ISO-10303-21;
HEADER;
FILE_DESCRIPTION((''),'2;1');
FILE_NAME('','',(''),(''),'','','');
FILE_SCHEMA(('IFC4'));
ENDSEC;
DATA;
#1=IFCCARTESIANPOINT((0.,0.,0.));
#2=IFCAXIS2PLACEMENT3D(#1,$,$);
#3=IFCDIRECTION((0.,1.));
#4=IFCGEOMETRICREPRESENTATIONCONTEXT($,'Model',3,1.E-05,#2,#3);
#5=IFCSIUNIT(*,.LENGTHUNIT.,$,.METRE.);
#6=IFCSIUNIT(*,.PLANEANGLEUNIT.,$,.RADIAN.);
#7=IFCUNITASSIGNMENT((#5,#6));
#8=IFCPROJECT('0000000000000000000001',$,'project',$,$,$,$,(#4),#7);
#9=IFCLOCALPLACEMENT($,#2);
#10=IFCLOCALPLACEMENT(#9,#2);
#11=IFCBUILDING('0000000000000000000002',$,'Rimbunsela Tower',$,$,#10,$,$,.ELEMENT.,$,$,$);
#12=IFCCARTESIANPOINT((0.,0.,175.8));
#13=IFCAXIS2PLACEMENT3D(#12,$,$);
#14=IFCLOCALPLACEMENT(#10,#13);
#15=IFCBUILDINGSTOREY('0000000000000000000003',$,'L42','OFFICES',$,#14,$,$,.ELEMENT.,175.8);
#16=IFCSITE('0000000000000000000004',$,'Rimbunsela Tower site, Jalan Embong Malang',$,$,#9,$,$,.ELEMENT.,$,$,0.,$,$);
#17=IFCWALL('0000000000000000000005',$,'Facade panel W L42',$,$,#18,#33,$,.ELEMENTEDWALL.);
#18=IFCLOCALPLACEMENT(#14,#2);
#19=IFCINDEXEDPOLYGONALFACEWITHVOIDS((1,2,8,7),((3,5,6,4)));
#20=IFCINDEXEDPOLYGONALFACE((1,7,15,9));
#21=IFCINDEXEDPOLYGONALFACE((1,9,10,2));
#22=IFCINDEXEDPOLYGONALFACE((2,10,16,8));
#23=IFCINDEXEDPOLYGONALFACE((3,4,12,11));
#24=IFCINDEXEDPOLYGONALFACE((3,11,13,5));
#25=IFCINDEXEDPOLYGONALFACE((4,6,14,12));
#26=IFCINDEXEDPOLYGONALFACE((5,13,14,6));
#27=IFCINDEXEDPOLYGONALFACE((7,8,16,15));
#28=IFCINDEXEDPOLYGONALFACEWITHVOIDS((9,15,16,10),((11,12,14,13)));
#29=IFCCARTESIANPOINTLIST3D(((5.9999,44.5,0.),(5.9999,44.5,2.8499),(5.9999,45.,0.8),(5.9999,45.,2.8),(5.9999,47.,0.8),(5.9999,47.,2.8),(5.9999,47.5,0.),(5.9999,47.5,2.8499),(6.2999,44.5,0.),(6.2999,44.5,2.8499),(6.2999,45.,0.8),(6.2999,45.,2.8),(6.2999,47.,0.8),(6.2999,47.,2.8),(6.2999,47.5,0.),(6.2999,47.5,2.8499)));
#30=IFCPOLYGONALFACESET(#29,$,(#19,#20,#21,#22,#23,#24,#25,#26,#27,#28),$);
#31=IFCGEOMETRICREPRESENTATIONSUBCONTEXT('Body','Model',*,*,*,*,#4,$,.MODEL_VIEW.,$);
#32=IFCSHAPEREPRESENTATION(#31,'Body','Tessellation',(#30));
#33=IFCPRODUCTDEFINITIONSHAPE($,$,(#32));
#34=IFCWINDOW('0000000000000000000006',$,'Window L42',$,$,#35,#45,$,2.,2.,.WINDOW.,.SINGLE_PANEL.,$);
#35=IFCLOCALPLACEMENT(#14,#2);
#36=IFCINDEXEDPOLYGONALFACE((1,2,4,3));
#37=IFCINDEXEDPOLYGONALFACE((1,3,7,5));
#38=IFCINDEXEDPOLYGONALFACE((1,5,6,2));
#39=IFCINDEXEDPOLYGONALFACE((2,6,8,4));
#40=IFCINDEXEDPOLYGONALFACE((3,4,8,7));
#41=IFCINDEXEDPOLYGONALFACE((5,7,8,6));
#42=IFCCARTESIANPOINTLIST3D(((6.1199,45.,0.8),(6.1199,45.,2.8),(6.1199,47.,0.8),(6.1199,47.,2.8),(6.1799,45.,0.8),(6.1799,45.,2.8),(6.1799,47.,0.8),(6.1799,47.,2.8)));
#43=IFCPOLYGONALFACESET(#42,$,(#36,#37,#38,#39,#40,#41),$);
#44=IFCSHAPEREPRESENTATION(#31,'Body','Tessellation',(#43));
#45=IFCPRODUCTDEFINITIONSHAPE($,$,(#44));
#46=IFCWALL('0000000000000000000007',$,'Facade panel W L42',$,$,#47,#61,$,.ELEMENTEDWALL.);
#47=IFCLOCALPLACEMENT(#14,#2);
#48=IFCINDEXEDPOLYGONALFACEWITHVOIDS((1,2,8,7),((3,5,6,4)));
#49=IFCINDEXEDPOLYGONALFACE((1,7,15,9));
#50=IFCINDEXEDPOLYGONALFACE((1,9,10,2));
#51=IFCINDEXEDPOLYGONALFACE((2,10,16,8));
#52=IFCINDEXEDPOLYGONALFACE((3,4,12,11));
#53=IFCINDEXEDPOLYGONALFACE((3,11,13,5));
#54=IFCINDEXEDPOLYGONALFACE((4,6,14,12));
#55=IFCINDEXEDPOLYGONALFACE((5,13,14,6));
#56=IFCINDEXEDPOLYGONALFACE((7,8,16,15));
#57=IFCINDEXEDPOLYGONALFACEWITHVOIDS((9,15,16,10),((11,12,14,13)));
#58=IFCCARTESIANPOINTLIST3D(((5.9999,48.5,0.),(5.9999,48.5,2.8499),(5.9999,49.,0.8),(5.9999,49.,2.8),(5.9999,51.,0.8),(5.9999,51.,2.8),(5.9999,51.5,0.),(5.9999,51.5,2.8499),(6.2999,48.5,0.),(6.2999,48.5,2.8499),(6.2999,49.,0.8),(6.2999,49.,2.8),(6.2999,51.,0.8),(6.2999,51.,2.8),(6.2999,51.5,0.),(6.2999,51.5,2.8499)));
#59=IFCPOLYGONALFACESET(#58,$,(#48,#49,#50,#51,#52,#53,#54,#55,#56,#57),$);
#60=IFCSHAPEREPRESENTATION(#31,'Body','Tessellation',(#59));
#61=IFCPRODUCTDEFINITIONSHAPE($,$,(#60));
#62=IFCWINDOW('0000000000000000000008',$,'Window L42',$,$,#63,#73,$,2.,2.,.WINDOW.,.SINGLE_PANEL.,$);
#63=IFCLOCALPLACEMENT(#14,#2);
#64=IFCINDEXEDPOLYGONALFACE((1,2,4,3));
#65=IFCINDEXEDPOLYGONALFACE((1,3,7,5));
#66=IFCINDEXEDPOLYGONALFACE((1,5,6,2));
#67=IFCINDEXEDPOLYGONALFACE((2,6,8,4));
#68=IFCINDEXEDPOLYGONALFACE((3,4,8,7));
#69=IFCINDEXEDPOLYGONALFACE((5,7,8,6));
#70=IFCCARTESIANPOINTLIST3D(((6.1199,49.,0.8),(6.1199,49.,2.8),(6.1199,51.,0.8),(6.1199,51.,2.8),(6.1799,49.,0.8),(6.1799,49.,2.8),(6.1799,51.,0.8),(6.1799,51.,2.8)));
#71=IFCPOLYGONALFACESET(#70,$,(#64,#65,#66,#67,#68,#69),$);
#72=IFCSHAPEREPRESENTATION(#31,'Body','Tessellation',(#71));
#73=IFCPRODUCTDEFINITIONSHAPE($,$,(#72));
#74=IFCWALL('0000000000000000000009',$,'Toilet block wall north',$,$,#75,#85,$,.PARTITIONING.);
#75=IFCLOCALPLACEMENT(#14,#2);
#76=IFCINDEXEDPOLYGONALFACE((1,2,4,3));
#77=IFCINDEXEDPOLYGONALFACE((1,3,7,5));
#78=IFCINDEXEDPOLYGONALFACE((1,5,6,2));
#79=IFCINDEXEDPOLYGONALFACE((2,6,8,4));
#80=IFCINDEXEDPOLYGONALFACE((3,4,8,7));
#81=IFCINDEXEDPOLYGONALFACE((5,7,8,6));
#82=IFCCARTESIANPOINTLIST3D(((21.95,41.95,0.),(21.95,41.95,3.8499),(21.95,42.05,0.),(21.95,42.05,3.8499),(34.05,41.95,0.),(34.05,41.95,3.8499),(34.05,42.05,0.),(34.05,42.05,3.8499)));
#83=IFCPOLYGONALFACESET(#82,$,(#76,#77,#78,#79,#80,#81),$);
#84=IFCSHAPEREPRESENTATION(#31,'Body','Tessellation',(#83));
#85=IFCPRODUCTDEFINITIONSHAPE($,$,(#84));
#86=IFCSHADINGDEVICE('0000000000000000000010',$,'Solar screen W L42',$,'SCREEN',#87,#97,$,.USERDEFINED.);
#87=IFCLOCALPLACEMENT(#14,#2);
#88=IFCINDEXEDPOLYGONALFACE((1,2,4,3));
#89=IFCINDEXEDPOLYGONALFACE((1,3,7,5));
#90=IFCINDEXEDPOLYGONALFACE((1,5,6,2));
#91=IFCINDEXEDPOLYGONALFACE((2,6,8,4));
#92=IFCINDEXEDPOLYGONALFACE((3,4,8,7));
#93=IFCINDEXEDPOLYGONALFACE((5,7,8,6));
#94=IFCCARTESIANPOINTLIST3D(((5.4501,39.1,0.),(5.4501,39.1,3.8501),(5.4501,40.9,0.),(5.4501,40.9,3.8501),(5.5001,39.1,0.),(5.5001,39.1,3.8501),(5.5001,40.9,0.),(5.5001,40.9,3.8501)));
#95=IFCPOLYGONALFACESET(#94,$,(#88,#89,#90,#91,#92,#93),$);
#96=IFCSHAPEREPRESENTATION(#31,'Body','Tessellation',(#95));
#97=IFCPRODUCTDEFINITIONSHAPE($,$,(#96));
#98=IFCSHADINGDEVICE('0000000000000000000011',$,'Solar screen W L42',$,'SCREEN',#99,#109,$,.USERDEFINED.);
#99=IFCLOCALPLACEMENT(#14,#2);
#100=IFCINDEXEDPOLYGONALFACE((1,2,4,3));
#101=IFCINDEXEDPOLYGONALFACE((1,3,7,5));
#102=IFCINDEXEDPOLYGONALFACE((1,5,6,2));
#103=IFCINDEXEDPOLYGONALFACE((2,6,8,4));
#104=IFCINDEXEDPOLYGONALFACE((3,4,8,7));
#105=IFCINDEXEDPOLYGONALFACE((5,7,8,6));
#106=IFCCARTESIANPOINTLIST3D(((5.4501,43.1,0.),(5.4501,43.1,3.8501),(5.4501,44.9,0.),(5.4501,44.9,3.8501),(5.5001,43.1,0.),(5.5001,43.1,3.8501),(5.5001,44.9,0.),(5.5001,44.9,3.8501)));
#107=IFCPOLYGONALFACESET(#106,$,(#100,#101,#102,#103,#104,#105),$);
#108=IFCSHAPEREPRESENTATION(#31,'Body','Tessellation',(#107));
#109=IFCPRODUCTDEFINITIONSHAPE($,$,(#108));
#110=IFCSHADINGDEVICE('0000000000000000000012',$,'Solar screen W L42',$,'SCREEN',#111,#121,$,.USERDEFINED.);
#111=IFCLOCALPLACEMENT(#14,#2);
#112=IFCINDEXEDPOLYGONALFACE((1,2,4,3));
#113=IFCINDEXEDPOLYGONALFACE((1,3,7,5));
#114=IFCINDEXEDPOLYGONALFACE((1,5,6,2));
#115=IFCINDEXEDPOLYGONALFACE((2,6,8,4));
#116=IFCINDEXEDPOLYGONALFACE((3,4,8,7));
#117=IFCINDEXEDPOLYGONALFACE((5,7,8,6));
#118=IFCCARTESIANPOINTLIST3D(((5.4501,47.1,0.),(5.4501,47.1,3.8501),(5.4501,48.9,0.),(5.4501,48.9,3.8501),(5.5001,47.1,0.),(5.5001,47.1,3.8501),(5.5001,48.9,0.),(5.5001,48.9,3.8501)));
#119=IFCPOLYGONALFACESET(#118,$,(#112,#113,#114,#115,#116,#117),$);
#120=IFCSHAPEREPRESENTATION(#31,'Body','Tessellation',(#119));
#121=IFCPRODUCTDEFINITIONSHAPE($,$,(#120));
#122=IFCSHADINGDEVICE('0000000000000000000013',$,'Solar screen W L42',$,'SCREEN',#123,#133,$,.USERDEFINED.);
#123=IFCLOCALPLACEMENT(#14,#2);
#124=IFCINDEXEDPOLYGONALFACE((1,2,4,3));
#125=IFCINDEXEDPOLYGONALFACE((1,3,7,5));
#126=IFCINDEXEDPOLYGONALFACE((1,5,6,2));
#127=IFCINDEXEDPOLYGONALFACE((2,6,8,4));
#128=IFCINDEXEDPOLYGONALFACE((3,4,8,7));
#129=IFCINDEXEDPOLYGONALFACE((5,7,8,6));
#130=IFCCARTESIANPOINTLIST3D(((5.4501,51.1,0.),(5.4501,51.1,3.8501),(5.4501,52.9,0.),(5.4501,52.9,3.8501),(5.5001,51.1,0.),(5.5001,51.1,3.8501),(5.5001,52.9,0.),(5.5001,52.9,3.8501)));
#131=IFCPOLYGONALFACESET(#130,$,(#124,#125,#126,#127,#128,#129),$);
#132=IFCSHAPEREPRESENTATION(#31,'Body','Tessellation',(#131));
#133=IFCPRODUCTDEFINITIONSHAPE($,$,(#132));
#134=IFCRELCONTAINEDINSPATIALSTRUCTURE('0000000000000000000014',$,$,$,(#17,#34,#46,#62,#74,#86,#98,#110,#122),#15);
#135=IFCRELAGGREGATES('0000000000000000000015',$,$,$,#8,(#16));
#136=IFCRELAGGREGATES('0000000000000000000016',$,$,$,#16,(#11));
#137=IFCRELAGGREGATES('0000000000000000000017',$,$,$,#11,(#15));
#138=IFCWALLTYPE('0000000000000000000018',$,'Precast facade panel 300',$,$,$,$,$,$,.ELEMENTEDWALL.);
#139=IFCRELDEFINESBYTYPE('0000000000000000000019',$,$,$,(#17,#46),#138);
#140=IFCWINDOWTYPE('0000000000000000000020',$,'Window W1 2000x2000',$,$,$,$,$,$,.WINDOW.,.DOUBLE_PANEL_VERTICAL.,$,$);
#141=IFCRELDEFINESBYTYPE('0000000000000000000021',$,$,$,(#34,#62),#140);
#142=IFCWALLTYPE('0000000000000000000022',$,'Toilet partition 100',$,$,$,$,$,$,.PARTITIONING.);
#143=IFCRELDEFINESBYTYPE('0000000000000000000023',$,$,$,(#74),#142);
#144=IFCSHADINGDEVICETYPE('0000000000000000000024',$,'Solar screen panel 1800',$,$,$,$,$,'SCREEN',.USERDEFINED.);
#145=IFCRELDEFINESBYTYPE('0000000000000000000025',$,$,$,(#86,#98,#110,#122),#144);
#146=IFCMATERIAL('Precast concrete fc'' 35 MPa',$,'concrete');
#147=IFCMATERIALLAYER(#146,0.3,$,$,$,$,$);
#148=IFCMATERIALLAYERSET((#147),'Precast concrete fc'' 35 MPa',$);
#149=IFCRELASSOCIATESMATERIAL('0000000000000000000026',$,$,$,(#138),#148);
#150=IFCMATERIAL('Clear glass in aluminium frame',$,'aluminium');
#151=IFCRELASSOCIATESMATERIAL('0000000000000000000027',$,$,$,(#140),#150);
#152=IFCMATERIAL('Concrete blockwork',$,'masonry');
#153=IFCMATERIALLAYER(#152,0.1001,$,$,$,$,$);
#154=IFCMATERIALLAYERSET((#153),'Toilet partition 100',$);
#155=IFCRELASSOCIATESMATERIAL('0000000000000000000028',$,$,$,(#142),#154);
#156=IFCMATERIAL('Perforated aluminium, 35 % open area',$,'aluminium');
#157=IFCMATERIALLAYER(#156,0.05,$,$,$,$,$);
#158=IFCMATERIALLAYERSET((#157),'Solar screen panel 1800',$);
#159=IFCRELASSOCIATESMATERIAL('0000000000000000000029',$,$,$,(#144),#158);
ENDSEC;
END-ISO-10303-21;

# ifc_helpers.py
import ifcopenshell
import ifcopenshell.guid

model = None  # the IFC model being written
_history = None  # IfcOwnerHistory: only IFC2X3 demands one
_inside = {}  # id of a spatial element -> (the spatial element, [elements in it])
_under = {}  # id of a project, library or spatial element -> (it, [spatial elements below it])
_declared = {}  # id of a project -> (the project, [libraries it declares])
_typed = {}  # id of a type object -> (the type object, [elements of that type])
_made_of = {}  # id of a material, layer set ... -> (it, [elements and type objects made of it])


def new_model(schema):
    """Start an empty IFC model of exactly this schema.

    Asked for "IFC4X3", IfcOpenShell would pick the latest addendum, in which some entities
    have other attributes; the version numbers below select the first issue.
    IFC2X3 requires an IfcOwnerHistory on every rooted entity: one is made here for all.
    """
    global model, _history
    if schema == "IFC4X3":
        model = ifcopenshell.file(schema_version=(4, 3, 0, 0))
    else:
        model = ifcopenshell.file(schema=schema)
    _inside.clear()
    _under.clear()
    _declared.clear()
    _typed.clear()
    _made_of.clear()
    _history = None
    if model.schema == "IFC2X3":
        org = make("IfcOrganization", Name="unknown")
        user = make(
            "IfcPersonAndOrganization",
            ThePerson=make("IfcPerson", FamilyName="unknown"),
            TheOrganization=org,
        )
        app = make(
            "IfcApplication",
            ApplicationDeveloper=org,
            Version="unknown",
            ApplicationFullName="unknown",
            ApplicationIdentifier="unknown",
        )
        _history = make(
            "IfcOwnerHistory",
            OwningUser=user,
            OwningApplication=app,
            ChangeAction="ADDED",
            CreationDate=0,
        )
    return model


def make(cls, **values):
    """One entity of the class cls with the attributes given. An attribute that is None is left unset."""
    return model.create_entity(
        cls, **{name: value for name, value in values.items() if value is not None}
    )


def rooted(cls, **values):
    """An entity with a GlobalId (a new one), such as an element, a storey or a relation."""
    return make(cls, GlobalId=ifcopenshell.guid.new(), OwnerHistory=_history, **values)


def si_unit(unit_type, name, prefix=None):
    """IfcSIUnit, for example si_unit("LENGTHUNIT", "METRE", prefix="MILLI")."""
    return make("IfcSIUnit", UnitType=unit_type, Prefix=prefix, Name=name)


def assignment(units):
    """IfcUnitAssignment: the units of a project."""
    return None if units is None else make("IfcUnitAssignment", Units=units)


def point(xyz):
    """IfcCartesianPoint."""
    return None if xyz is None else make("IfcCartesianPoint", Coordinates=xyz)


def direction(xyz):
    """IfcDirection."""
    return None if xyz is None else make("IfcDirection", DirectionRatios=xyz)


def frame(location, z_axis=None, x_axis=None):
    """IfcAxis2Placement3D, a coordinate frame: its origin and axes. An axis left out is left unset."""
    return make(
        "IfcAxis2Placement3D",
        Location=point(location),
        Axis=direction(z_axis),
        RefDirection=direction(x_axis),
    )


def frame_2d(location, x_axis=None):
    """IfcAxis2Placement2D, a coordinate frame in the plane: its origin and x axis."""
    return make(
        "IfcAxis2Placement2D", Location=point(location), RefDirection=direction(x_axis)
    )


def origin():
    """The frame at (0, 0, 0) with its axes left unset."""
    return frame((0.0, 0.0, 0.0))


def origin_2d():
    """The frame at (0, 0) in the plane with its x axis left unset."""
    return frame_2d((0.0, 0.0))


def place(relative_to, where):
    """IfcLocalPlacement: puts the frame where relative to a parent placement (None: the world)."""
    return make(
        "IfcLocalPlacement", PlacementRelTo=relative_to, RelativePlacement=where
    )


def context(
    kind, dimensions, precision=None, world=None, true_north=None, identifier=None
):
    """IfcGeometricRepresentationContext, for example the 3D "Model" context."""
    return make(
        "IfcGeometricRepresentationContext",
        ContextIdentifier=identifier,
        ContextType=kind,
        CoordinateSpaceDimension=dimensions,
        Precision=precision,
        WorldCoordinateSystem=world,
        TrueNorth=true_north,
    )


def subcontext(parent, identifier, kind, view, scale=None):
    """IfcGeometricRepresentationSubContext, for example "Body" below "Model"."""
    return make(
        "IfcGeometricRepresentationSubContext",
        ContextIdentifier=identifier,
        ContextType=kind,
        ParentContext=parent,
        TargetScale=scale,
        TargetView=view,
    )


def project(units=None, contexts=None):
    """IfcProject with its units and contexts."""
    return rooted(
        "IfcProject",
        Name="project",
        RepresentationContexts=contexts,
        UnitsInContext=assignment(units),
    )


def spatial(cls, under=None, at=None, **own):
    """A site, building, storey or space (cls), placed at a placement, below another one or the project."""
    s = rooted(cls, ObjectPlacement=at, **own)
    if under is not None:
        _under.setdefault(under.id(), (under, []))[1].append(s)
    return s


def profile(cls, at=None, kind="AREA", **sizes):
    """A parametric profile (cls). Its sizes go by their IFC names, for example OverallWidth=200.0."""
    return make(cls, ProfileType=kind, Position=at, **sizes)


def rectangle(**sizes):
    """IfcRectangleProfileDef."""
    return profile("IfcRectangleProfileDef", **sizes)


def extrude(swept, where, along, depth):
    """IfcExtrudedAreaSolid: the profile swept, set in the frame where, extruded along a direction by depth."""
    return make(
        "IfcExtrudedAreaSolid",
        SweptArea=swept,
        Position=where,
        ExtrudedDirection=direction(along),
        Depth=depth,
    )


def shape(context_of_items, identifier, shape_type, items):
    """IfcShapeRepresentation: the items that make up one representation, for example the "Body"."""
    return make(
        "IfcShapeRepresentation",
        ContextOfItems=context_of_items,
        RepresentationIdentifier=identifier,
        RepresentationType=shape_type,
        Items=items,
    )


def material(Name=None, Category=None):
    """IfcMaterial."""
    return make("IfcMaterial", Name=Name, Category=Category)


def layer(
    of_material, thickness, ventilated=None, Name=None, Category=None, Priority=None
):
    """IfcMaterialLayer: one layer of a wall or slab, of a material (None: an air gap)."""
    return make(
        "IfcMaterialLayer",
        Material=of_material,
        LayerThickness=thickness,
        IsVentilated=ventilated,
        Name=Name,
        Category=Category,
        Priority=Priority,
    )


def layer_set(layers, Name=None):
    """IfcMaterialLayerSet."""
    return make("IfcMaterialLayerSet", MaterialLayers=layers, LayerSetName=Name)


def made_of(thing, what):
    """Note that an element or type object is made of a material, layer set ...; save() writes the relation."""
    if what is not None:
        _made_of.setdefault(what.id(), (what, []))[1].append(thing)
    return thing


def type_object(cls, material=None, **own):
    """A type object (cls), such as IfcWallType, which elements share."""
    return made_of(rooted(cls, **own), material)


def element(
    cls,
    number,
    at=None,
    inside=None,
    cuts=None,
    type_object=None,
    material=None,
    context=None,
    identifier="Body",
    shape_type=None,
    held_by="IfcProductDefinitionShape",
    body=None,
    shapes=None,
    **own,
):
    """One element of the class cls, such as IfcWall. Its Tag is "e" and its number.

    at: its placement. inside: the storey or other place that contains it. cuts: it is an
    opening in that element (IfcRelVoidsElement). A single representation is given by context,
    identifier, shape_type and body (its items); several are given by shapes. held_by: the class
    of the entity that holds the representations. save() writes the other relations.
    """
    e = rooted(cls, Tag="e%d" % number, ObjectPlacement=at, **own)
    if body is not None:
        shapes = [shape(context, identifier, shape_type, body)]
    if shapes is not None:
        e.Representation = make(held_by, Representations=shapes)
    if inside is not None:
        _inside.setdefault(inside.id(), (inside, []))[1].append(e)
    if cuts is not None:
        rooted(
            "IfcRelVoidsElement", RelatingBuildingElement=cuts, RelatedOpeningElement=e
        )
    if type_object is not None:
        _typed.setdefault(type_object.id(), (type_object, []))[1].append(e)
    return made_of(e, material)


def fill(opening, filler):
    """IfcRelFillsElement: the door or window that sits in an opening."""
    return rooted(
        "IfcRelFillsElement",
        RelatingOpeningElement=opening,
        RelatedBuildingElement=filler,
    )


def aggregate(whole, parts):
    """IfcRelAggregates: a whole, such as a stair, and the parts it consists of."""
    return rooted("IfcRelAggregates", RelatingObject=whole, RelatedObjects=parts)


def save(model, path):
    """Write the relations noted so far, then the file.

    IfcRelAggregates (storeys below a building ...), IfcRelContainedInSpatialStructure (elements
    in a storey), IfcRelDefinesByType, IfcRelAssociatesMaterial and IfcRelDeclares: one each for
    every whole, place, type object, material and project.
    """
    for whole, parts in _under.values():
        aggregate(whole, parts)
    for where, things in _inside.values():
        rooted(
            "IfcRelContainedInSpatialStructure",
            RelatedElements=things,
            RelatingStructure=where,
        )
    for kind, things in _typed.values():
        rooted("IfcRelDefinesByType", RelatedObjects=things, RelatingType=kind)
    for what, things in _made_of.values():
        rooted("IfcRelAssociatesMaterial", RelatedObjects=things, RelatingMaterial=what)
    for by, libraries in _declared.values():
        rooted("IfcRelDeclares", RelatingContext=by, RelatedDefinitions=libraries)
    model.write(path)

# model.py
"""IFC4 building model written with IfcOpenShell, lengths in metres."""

from ifc_helpers import new_model, si_unit, direction, frame, frame_2d, origin, origin_2d, place, context, subcontext, project, spatial, rectangle, extrude, material, layer, layer_set, type_object, element, fill, save


model = new_model("IFC4")

# Units and contexts
model_context = context("Model", 3, precision=1e-05, world=origin(), true_north=direction((0.0, 1.0)))
body_context = subcontext(model_context, "Body", "Model", "MODEL_VIEW")
ifc_project = project(units=[si_unit("LENGTHUNIT", "METRE"), si_unit("PLANEANGLEUNIT", "RADIAN")], contexts=[model_context])

# Site, building, storey
site_placement = place(None, origin())
site = spatial("IfcSite", under=ifc_project, at=site_placement, Name="Rimbunsela Tower site, Jalan Embong Malang", CompositionType="ELEMENT", RefElevation=0.0)
building_placement = place(site_placement, origin())
building = spatial("IfcBuilding", under=site, at=building_placement, Name="Rimbunsela Tower", CompositionType="ELEMENT")
storey_placement = place(building_placement, frame((0.0, 0.0, 175.8)))
storey = spatial("IfcBuildingStorey", under=building, at=storey_placement, Name="L42", Description="OFFICES", CompositionType="ELEMENT", Elevation=175.8)

# Walls, openings, windows
ifc_material_1 = material(Name="Precast concrete fc' 35 MPa", Category="concrete")
ifc_layer_1 = layer(ifc_material_1, 0.3)
ifc_layer_set_1 = layer_set([ifc_layer_1], Name="Precast concrete fc' 35 MPa")
wall_type_1 = type_object("IfcWallType", Name="Precast facade panel 300", PredefinedType="ELEMENTEDWALL", material=ifc_layer_set_1)
ifc_material_2 = material(Name="Clear glass in aluminium frame", Category="aluminium")
window_type = type_object("IfcWindowType", Name="Window W1 2000x2000", PartitioningType="DOUBLE_PANEL_VERTICAL", PredefinedType="WINDOW", material=ifc_material_2)
wall_1_placement = place(storey_placement, frame((6.1499, 47.5, 0.0), z_axis=(0.0, 0.0, 1.0), x_axis=(0.0, -1.0, 0.0)))
wall_1 = element("IfcWall", 1, at=wall_1_placement, inside=storey, type_object=wall_type_1, Name="Facade panel W L42", PredefinedType="ELEMENTEDWALL", context=body_context, shape_type="SweptSolid", body=[
    extrude(rectangle(XDim=3.0, YDim=0.3, at=frame_2d((1.5, 0.0))), origin(), (0.0, 0.0, 1.0), 2.8499),
])
opening_1_placement = place(wall_1_placement, frame((0.5, 0.0, 0.8)))
opening_1 = element("IfcOpeningElement", 2, at=opening_1_placement, cuts=wall_1, PredefinedType="OPENING", context=body_context, shape_type="SweptSolid", body=[
    extrude(rectangle(XDim=2.0, YDim=2.0, at=frame_2d((1.0, 1.0))), frame((0.0, 0.1599, 0.0), z_axis=(0.0, -1.0, 0.0), x_axis=(1.0, 0.0, 0.0)), (0.0, 0.0, 1.0), 0.3201),
])
window_1_placement = place(opening_1_placement, origin())
window_1 = element("IfcWindow", 3, at=window_1_placement, inside=storey, type_object=window_type, Name="Window L42", OverallHeight=2.0, OverallWidth=2.0, PartitioningType="SINGLE_PANEL", PredefinedType="WINDOW", context=body_context, shape_type="SweptSolid", body=[
    extrude(rectangle(XDim=2.0, YDim=2.0, at=frame_2d((1.0, 1.0))), frame((0.0, 0.03, 0.0), z_axis=(0.0, -1.0, 0.0), x_axis=(1.0, 0.0, 0.0)), (0.0, 0.0, 1.0), 0.0601),
])
fill(opening_1, window_1)
wall_2_placement = place(storey_placement, frame((6.1499, 51.5, 0.0), z_axis=(0.0, 0.0, 1.0), x_axis=(0.0, -1.0, 0.0)))
wall_2 = element("IfcWall", 4, at=wall_2_placement, inside=storey, type_object=wall_type_1, Name="Facade panel W L42", PredefinedType="ELEMENTEDWALL", context=body_context, shape_type="SweptSolid", body=[
    extrude(rectangle(XDim=3.0, YDim=0.3, at=frame_2d((1.5, 0.0))), origin(), (0.0, 0.0, 1.0), 2.8499),
])
opening_2_placement = place(wall_2_placement, frame((0.5, 0.0, 0.8)))
opening_2 = element("IfcOpeningElement", 5, at=opening_2_placement, cuts=wall_2, PredefinedType="OPENING", context=body_context, shape_type="SweptSolid", body=[
    extrude(rectangle(XDim=2.0, YDim=2.0, at=frame_2d((1.0, 1.0))), frame((0.0, 0.1599, 0.0), z_axis=(0.0, -1.0, 0.0), x_axis=(1.0, 0.0, 0.0)), (0.0, 0.0, 1.0), 0.3201),
])
window_2_placement = place(opening_2_placement, origin())
window_2 = element("IfcWindow", 6, at=window_2_placement, inside=storey, type_object=window_type, Name="Window L42", OverallHeight=2.0, OverallWidth=2.0, PartitioningType="SINGLE_PANEL", PredefinedType="WINDOW", context=body_context, shape_type="SweptSolid", body=[
    extrude(rectangle(XDim=2.0, YDim=2.0, at=frame_2d((1.0, 1.0))), frame((0.0, 0.03, 0.0), z_axis=(0.0, -1.0, 0.0), x_axis=(1.0, 0.0, 0.0)), (0.0, 0.0, 1.0), 0.0601),
])
fill(opening_2, window_2)

# Wall
ifc_material_3 = material(Name="Concrete blockwork", Category="masonry")
ifc_layer_2 = layer(ifc_material_3, 0.1001)
ifc_layer_set_2 = layer_set([ifc_layer_2], Name="Toilet partition 100")
wall_type_2 = type_object("IfcWallType", Name="Toilet partition 100", PredefinedType="PARTITIONING", material=ifc_layer_set_2)
wall_3_placement = place(storey_placement, frame((21.95, 42.0, 0.0), z_axis=(0.0, 0.0, 1.0), x_axis=(1.0, 0.0, 0.0)))
element("IfcWall", 7, at=wall_3_placement, inside=storey, type_object=wall_type_2, Name="Toilet block wall north", PredefinedType="PARTITIONING", context=body_context, shape_type="SweptSolid", body=[
    extrude(rectangle(XDim=12.1001, YDim=0.1001, at=frame_2d((6.05, 0.0))), origin(), (0.0, 0.0, 1.0), 3.8499),
])

# Shading devices
ifc_material_4 = material(Name="Perforated aluminium, 35 % open area", Category="aluminium")
ifc_layer_3 = layer(ifc_material_4, 0.05)
ifc_layer_set_3 = layer_set([ifc_layer_3], Name="Solar screen panel 1800")
shading_device_type = type_object("IfcShadingDeviceType", Name="Solar screen panel 1800", ElementType="SCREEN", PredefinedType="USERDEFINED", material=ifc_layer_set_3)
for number, where, z_axis, x_axis, name in (
    (8, (5.4751, 40.0, 0.0), (0.0, 0.0, 1.0), (0.0, 1.0, 0.0), "Solar screen W L42"),
    (9, (5.4751, 44.0, 0.0), (0.0, 0.0, 1.0), (0.0, 1.0, 0.0), "Solar screen W L42"),
    (10, (5.4751, 48.0, 0.0), (0.0, 0.0, 1.0), (0.0, 1.0, 0.0), "Solar screen W L42"),
    (11, (5.4751, 52.0, 0.0), (0.0, 0.0, 1.0), (0.0, 1.0, 0.0), "Solar screen W L42"),
):
    element("IfcShadingDevice", number, at=place(storey_placement, frame(where, z_axis=z_axis, x_axis=x_axis)), inside=storey, type_object=shading_device_type, Name=name, ObjectType="SCREEN", PredefinedType="USERDEFINED", context=body_context, shape_type="SweptSolid", body=[
        extrude(rectangle(XDim=1.8, YDim=0.05, at=origin_2d()), origin(), (0.0, 0.0, 1.0), 3.8501),
    ])

save(model, "model.ifc")
